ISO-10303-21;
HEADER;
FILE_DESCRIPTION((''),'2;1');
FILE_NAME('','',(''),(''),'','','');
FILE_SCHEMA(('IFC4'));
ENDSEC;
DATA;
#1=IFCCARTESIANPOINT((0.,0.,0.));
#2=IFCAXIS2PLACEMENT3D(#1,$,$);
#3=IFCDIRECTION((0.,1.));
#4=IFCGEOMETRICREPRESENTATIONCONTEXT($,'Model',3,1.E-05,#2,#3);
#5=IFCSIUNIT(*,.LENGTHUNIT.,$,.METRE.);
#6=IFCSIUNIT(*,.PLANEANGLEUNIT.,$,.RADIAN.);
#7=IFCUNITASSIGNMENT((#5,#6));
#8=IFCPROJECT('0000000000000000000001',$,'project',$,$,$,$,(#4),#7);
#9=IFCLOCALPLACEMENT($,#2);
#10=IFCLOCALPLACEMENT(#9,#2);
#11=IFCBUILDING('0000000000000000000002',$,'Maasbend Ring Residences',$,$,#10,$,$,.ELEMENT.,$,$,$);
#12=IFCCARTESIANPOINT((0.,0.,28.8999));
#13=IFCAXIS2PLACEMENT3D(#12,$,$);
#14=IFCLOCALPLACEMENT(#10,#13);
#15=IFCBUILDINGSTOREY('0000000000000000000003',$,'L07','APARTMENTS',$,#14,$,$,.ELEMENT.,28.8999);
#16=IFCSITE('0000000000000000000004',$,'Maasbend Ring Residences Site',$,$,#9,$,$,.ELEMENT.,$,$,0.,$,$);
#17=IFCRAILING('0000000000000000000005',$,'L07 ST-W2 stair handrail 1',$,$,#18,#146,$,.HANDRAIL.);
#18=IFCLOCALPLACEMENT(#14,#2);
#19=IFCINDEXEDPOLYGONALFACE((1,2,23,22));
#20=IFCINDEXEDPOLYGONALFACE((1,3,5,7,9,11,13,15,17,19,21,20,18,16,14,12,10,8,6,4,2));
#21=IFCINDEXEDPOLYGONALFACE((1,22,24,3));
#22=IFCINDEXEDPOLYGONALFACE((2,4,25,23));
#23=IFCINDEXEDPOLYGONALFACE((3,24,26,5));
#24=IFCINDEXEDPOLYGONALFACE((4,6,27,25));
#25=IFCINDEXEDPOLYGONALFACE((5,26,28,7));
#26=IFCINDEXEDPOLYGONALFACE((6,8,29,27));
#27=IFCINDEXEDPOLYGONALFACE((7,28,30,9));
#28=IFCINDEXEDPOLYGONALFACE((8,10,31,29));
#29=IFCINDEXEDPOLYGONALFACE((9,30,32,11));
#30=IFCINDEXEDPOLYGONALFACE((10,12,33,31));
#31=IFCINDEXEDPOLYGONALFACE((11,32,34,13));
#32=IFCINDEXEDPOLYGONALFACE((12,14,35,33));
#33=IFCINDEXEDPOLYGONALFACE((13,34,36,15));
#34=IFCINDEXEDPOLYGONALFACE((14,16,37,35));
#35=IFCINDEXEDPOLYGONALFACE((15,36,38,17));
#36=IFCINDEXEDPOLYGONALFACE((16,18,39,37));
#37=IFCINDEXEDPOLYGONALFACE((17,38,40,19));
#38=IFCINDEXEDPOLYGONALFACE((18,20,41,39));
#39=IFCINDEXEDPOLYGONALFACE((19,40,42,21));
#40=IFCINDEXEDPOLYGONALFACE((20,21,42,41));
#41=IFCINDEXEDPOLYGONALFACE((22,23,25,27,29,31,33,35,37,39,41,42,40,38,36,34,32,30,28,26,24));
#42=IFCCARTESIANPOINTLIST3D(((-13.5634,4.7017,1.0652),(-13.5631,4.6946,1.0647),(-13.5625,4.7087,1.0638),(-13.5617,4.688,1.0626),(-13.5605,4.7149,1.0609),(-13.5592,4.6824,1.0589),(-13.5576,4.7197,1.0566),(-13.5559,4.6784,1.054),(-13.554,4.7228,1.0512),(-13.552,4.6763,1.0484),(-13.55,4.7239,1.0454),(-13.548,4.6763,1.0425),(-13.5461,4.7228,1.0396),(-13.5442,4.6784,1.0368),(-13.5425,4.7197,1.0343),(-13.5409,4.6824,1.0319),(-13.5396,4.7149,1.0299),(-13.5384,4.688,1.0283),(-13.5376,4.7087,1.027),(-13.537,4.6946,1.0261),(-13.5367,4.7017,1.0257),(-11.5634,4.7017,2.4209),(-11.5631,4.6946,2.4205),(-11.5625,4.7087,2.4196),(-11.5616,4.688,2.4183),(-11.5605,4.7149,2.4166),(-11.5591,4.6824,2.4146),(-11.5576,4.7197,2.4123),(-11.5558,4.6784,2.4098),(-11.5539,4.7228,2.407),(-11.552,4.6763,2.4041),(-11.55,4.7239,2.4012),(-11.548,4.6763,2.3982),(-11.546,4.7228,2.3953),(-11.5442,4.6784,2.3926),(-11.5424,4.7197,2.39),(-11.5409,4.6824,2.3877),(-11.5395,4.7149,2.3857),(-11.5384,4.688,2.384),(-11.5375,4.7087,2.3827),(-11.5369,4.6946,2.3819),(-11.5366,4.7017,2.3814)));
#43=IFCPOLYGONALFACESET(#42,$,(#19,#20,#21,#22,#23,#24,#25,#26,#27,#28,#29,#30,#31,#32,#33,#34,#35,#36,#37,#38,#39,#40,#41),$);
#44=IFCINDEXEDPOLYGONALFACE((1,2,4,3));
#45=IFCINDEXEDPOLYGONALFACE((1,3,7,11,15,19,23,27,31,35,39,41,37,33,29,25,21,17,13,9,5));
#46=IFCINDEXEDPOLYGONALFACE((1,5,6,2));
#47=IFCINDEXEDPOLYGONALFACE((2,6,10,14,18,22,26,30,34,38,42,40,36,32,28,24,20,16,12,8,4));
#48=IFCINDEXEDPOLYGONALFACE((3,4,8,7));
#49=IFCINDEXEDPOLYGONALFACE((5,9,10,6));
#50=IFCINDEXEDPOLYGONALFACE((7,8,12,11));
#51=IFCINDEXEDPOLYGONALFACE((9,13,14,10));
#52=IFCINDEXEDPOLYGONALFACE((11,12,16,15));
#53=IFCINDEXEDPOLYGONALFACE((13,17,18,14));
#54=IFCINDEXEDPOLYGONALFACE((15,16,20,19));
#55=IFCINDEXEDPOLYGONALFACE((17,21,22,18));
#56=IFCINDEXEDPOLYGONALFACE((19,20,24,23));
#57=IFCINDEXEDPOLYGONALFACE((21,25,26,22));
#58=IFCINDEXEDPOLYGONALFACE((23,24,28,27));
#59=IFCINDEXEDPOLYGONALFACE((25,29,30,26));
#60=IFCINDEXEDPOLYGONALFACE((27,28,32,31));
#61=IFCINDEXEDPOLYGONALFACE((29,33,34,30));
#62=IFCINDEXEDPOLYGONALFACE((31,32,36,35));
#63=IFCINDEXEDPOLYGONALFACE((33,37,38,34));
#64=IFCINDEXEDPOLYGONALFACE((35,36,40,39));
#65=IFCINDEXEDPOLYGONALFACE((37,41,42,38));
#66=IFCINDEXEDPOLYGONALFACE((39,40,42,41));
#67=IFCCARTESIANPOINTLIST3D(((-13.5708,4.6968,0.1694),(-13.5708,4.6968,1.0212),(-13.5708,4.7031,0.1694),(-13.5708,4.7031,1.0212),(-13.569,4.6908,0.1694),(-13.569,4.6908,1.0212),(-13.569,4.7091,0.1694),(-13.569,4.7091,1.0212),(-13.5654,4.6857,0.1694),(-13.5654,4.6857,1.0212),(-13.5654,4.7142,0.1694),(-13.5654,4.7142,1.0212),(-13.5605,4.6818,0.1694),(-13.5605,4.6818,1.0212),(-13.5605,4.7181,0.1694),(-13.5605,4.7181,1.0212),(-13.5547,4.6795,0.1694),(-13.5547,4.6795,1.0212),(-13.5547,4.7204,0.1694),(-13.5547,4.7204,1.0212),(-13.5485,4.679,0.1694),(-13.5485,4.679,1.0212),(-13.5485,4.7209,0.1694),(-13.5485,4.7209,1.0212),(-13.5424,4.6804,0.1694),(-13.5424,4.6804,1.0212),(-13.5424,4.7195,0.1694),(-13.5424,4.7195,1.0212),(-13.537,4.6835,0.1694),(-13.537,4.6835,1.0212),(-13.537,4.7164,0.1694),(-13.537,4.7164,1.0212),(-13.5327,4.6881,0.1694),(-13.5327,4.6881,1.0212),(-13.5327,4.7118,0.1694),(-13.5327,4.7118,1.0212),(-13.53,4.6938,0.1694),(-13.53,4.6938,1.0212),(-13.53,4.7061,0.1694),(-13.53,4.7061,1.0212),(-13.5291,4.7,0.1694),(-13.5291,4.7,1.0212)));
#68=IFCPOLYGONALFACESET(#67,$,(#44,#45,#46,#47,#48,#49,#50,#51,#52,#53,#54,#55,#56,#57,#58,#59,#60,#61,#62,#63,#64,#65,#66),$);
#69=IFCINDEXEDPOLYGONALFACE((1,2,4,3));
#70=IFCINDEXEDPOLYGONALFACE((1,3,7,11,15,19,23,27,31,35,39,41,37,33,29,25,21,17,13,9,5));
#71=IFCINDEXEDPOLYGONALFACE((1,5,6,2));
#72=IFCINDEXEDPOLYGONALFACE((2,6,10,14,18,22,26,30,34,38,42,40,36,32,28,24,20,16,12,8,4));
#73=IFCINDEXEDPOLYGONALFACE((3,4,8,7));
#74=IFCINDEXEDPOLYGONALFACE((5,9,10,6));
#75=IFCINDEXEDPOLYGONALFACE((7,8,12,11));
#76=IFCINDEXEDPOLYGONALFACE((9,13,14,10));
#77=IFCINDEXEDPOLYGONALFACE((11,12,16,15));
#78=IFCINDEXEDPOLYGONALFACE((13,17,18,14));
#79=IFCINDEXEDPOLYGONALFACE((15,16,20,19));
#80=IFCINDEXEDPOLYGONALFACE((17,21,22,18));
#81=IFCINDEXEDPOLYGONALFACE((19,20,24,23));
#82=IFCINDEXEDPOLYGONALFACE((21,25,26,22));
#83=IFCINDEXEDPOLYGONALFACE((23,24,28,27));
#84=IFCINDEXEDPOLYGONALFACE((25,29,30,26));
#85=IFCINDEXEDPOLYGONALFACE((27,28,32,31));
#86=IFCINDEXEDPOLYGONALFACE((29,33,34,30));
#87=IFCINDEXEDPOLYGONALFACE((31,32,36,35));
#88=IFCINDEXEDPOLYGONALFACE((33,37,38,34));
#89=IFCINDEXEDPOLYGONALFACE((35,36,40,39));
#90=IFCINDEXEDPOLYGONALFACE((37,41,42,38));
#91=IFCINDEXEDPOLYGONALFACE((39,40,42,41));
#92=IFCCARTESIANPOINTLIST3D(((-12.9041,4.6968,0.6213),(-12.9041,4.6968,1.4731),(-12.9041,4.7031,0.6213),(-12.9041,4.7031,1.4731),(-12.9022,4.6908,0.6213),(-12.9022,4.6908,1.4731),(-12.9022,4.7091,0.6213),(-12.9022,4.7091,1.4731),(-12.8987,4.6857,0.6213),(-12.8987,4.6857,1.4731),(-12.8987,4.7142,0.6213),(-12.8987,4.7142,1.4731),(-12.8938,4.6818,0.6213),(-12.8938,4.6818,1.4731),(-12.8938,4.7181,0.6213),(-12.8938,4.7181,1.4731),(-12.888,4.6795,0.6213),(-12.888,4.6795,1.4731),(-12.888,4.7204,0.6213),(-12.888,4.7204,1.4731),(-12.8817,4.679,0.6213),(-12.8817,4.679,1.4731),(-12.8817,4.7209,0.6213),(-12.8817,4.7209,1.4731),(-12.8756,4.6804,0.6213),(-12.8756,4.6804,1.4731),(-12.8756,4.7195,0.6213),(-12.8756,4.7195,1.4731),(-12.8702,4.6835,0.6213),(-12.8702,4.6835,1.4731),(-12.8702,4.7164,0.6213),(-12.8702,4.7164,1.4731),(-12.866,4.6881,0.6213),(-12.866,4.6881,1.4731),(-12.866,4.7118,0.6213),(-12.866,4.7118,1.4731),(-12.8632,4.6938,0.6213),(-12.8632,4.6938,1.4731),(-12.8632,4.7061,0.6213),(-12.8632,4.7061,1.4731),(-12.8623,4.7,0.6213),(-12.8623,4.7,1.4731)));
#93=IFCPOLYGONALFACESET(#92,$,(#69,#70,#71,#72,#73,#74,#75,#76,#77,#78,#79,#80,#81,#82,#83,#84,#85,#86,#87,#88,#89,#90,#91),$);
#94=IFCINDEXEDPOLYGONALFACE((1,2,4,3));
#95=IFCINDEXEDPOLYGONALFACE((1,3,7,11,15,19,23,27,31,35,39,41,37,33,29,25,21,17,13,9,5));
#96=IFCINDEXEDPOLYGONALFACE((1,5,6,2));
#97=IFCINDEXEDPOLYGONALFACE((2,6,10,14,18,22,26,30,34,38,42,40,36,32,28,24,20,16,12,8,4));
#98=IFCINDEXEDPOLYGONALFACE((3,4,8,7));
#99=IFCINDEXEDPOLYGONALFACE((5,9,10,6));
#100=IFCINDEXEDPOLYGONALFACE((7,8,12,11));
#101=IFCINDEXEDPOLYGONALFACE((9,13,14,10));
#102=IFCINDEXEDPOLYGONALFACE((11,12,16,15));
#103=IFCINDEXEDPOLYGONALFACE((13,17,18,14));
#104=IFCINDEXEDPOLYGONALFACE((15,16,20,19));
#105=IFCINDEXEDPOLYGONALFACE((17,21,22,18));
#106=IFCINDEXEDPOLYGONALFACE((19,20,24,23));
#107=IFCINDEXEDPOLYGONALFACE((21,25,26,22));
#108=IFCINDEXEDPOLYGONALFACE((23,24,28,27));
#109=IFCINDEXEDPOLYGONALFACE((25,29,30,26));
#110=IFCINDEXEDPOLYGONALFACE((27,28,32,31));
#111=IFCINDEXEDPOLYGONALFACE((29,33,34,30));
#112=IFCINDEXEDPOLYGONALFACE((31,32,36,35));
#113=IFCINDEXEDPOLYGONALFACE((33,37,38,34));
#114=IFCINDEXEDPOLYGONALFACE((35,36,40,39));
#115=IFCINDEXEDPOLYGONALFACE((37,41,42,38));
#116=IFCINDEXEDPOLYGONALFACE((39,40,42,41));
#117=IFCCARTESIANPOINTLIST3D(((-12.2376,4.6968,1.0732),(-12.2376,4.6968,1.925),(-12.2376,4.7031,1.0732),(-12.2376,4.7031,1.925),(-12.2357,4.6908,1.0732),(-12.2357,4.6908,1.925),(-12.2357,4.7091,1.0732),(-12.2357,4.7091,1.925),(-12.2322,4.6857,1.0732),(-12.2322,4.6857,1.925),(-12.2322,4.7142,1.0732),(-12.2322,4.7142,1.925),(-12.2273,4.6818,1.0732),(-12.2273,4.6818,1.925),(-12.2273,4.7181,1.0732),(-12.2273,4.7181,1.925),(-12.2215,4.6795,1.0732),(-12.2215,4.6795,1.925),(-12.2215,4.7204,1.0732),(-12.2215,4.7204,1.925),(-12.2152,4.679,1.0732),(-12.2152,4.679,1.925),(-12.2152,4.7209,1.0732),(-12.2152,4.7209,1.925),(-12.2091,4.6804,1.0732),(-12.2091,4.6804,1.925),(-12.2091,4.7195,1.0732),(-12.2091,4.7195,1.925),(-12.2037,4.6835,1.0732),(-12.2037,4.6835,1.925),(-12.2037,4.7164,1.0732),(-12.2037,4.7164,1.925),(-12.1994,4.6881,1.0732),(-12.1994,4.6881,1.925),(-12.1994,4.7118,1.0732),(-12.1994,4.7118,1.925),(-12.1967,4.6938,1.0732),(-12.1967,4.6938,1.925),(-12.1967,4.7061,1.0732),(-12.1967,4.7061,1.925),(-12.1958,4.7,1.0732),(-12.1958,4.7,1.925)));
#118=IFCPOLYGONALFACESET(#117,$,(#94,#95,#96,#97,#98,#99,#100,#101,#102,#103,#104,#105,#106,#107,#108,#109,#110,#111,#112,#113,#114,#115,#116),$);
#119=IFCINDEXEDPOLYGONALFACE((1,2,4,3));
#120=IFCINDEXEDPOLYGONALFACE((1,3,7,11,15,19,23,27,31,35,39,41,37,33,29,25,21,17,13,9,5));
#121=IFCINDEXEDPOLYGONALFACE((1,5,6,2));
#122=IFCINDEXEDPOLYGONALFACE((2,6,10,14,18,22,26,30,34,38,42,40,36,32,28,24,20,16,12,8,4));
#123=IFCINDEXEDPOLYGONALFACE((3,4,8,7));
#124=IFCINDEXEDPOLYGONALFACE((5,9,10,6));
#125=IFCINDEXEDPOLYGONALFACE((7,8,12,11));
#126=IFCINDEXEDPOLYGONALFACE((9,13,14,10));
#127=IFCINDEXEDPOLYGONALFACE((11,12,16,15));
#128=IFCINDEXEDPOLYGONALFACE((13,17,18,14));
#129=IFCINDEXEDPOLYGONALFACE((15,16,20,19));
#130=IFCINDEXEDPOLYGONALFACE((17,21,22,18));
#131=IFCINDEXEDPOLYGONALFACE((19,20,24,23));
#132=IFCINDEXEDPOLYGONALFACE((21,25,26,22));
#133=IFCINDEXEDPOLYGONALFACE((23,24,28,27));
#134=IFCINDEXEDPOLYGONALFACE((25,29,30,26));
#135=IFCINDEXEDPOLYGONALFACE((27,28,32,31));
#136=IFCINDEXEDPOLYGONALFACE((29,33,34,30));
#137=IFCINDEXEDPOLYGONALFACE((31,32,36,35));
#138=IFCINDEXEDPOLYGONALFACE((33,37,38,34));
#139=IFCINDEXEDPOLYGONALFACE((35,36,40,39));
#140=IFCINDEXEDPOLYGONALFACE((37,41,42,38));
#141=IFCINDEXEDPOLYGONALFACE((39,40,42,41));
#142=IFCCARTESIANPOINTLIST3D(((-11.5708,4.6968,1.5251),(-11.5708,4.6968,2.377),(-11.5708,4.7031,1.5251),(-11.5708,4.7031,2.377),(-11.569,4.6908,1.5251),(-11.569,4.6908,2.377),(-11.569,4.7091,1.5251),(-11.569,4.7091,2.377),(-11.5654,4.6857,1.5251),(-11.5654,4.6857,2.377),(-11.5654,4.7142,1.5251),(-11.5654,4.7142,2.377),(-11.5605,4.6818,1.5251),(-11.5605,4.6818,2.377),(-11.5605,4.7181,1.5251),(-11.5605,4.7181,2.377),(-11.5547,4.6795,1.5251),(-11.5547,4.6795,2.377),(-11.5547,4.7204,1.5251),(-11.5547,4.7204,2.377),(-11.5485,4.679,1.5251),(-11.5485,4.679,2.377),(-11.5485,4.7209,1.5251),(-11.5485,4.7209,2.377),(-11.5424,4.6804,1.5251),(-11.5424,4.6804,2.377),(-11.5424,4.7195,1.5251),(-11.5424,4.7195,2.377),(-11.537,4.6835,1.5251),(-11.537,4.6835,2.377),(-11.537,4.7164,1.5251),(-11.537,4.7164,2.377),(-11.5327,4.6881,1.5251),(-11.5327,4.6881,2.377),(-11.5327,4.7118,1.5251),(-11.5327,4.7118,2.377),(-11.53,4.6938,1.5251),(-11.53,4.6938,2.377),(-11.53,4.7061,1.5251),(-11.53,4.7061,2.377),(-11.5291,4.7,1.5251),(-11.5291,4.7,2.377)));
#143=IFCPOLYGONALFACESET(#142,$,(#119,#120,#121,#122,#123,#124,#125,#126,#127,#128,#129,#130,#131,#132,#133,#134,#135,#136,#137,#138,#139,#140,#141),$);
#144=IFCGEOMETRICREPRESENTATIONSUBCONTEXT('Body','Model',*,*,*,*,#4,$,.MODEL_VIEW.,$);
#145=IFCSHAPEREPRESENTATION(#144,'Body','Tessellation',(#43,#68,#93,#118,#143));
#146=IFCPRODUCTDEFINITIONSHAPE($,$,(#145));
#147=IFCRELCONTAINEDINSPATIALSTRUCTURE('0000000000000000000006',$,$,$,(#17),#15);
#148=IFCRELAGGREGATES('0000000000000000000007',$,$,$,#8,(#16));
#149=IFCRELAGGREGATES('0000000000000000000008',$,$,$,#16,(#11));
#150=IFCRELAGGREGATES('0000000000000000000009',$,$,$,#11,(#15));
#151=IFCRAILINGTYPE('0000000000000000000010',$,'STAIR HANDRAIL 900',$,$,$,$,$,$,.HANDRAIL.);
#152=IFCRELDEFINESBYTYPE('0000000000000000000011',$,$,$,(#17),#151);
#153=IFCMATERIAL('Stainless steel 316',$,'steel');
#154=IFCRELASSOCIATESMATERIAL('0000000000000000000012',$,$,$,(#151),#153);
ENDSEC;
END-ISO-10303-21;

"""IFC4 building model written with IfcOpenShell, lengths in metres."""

from ifc_helpers import new_model, si_unit, direction, frame, origin, origin_2d, place, context, subcontext, project, spatial, circle, extrude, material, type_object, element, save


model = new_model("IFC4")

# Units and contexts
model_context = context("Model", 3, precision=1e-05, world=origin(), true_north=direction((0.0, 1.0)))
body_context = subcontext(model_context, "Body", "Model", "MODEL_VIEW")
ifc_project = project(units=[si_unit("LENGTHUNIT", "METRE"), si_unit("PLANEANGLEUNIT", "RADIAN")], contexts=[model_context])

# Site, building, storey
site_placement = place(None, origin())
site = spatial("IfcSite", under=ifc_project, at=site_placement, Name="Maasbend Ring Residences Site", CompositionType="ELEMENT", RefElevation=0.0)
building_placement = place(site_placement, origin())
building = spatial("IfcBuilding", under=site, at=building_placement, Name="Maasbend Ring Residences", CompositionType="ELEMENT")
storey_placement = place(building_placement, frame((0.0, 0.0, 28.8999)))
storey = spatial("IfcBuildingStorey", under=building, at=storey_placement, Name="L07", Description="APARTMENTS", CompositionType="ELEMENT", Elevation=28.8999)

# Railing
ifc_material_1 = material(Name="Stainless steel 316", Category="steel")
railing_type_1 = type_object("IfcRailingType", Name="STAIR HANDRAIL 900", PredefinedType="HANDRAIL", material=ifc_material_1)
railing_1_placement = place(storey_placement, frame((-13.55, 4.7, 0.1694)))
element("IfcRailing", 1, at=railing_1_placement, inside=storey, type_object=railing_type_1, Name="L07 ST-W2 stair handrail 1", PredefinedType="HANDRAIL", context=body_context, shape_type="SweptSolid", body=[
    extrude(circle(Radius=0.0239, at=origin_2d()), frame((0.0, 0.0, 0.876), z_axis=(0.827751, 0.0, 0.561096), x_axis=(0.0, 1.0, 0.0)), (0.0, 0.0, 1.0), 2.4163),
    extrude(circle(Radius=0.021, at=origin_2d()), origin(), (0.0, 0.0, 1.0), 0.8518),
    extrude(circle(Radius=0.021, at=origin_2d()), frame((0.6667, 0.0, 0.4519)), (0.0, 0.0, 1.0), 0.8518),
    extrude(circle(Radius=0.021, at=origin_2d()), frame((1.3333, 0.0, 0.9038)), (0.0, 0.0, 1.0), 0.8518),
    extrude(circle(Radius=0.021, at=origin_2d()), frame((2.0, 0.0, 1.3557)), (0.0, 0.0, 1.0), 0.8518),
])

save(model, "model.ifc")
